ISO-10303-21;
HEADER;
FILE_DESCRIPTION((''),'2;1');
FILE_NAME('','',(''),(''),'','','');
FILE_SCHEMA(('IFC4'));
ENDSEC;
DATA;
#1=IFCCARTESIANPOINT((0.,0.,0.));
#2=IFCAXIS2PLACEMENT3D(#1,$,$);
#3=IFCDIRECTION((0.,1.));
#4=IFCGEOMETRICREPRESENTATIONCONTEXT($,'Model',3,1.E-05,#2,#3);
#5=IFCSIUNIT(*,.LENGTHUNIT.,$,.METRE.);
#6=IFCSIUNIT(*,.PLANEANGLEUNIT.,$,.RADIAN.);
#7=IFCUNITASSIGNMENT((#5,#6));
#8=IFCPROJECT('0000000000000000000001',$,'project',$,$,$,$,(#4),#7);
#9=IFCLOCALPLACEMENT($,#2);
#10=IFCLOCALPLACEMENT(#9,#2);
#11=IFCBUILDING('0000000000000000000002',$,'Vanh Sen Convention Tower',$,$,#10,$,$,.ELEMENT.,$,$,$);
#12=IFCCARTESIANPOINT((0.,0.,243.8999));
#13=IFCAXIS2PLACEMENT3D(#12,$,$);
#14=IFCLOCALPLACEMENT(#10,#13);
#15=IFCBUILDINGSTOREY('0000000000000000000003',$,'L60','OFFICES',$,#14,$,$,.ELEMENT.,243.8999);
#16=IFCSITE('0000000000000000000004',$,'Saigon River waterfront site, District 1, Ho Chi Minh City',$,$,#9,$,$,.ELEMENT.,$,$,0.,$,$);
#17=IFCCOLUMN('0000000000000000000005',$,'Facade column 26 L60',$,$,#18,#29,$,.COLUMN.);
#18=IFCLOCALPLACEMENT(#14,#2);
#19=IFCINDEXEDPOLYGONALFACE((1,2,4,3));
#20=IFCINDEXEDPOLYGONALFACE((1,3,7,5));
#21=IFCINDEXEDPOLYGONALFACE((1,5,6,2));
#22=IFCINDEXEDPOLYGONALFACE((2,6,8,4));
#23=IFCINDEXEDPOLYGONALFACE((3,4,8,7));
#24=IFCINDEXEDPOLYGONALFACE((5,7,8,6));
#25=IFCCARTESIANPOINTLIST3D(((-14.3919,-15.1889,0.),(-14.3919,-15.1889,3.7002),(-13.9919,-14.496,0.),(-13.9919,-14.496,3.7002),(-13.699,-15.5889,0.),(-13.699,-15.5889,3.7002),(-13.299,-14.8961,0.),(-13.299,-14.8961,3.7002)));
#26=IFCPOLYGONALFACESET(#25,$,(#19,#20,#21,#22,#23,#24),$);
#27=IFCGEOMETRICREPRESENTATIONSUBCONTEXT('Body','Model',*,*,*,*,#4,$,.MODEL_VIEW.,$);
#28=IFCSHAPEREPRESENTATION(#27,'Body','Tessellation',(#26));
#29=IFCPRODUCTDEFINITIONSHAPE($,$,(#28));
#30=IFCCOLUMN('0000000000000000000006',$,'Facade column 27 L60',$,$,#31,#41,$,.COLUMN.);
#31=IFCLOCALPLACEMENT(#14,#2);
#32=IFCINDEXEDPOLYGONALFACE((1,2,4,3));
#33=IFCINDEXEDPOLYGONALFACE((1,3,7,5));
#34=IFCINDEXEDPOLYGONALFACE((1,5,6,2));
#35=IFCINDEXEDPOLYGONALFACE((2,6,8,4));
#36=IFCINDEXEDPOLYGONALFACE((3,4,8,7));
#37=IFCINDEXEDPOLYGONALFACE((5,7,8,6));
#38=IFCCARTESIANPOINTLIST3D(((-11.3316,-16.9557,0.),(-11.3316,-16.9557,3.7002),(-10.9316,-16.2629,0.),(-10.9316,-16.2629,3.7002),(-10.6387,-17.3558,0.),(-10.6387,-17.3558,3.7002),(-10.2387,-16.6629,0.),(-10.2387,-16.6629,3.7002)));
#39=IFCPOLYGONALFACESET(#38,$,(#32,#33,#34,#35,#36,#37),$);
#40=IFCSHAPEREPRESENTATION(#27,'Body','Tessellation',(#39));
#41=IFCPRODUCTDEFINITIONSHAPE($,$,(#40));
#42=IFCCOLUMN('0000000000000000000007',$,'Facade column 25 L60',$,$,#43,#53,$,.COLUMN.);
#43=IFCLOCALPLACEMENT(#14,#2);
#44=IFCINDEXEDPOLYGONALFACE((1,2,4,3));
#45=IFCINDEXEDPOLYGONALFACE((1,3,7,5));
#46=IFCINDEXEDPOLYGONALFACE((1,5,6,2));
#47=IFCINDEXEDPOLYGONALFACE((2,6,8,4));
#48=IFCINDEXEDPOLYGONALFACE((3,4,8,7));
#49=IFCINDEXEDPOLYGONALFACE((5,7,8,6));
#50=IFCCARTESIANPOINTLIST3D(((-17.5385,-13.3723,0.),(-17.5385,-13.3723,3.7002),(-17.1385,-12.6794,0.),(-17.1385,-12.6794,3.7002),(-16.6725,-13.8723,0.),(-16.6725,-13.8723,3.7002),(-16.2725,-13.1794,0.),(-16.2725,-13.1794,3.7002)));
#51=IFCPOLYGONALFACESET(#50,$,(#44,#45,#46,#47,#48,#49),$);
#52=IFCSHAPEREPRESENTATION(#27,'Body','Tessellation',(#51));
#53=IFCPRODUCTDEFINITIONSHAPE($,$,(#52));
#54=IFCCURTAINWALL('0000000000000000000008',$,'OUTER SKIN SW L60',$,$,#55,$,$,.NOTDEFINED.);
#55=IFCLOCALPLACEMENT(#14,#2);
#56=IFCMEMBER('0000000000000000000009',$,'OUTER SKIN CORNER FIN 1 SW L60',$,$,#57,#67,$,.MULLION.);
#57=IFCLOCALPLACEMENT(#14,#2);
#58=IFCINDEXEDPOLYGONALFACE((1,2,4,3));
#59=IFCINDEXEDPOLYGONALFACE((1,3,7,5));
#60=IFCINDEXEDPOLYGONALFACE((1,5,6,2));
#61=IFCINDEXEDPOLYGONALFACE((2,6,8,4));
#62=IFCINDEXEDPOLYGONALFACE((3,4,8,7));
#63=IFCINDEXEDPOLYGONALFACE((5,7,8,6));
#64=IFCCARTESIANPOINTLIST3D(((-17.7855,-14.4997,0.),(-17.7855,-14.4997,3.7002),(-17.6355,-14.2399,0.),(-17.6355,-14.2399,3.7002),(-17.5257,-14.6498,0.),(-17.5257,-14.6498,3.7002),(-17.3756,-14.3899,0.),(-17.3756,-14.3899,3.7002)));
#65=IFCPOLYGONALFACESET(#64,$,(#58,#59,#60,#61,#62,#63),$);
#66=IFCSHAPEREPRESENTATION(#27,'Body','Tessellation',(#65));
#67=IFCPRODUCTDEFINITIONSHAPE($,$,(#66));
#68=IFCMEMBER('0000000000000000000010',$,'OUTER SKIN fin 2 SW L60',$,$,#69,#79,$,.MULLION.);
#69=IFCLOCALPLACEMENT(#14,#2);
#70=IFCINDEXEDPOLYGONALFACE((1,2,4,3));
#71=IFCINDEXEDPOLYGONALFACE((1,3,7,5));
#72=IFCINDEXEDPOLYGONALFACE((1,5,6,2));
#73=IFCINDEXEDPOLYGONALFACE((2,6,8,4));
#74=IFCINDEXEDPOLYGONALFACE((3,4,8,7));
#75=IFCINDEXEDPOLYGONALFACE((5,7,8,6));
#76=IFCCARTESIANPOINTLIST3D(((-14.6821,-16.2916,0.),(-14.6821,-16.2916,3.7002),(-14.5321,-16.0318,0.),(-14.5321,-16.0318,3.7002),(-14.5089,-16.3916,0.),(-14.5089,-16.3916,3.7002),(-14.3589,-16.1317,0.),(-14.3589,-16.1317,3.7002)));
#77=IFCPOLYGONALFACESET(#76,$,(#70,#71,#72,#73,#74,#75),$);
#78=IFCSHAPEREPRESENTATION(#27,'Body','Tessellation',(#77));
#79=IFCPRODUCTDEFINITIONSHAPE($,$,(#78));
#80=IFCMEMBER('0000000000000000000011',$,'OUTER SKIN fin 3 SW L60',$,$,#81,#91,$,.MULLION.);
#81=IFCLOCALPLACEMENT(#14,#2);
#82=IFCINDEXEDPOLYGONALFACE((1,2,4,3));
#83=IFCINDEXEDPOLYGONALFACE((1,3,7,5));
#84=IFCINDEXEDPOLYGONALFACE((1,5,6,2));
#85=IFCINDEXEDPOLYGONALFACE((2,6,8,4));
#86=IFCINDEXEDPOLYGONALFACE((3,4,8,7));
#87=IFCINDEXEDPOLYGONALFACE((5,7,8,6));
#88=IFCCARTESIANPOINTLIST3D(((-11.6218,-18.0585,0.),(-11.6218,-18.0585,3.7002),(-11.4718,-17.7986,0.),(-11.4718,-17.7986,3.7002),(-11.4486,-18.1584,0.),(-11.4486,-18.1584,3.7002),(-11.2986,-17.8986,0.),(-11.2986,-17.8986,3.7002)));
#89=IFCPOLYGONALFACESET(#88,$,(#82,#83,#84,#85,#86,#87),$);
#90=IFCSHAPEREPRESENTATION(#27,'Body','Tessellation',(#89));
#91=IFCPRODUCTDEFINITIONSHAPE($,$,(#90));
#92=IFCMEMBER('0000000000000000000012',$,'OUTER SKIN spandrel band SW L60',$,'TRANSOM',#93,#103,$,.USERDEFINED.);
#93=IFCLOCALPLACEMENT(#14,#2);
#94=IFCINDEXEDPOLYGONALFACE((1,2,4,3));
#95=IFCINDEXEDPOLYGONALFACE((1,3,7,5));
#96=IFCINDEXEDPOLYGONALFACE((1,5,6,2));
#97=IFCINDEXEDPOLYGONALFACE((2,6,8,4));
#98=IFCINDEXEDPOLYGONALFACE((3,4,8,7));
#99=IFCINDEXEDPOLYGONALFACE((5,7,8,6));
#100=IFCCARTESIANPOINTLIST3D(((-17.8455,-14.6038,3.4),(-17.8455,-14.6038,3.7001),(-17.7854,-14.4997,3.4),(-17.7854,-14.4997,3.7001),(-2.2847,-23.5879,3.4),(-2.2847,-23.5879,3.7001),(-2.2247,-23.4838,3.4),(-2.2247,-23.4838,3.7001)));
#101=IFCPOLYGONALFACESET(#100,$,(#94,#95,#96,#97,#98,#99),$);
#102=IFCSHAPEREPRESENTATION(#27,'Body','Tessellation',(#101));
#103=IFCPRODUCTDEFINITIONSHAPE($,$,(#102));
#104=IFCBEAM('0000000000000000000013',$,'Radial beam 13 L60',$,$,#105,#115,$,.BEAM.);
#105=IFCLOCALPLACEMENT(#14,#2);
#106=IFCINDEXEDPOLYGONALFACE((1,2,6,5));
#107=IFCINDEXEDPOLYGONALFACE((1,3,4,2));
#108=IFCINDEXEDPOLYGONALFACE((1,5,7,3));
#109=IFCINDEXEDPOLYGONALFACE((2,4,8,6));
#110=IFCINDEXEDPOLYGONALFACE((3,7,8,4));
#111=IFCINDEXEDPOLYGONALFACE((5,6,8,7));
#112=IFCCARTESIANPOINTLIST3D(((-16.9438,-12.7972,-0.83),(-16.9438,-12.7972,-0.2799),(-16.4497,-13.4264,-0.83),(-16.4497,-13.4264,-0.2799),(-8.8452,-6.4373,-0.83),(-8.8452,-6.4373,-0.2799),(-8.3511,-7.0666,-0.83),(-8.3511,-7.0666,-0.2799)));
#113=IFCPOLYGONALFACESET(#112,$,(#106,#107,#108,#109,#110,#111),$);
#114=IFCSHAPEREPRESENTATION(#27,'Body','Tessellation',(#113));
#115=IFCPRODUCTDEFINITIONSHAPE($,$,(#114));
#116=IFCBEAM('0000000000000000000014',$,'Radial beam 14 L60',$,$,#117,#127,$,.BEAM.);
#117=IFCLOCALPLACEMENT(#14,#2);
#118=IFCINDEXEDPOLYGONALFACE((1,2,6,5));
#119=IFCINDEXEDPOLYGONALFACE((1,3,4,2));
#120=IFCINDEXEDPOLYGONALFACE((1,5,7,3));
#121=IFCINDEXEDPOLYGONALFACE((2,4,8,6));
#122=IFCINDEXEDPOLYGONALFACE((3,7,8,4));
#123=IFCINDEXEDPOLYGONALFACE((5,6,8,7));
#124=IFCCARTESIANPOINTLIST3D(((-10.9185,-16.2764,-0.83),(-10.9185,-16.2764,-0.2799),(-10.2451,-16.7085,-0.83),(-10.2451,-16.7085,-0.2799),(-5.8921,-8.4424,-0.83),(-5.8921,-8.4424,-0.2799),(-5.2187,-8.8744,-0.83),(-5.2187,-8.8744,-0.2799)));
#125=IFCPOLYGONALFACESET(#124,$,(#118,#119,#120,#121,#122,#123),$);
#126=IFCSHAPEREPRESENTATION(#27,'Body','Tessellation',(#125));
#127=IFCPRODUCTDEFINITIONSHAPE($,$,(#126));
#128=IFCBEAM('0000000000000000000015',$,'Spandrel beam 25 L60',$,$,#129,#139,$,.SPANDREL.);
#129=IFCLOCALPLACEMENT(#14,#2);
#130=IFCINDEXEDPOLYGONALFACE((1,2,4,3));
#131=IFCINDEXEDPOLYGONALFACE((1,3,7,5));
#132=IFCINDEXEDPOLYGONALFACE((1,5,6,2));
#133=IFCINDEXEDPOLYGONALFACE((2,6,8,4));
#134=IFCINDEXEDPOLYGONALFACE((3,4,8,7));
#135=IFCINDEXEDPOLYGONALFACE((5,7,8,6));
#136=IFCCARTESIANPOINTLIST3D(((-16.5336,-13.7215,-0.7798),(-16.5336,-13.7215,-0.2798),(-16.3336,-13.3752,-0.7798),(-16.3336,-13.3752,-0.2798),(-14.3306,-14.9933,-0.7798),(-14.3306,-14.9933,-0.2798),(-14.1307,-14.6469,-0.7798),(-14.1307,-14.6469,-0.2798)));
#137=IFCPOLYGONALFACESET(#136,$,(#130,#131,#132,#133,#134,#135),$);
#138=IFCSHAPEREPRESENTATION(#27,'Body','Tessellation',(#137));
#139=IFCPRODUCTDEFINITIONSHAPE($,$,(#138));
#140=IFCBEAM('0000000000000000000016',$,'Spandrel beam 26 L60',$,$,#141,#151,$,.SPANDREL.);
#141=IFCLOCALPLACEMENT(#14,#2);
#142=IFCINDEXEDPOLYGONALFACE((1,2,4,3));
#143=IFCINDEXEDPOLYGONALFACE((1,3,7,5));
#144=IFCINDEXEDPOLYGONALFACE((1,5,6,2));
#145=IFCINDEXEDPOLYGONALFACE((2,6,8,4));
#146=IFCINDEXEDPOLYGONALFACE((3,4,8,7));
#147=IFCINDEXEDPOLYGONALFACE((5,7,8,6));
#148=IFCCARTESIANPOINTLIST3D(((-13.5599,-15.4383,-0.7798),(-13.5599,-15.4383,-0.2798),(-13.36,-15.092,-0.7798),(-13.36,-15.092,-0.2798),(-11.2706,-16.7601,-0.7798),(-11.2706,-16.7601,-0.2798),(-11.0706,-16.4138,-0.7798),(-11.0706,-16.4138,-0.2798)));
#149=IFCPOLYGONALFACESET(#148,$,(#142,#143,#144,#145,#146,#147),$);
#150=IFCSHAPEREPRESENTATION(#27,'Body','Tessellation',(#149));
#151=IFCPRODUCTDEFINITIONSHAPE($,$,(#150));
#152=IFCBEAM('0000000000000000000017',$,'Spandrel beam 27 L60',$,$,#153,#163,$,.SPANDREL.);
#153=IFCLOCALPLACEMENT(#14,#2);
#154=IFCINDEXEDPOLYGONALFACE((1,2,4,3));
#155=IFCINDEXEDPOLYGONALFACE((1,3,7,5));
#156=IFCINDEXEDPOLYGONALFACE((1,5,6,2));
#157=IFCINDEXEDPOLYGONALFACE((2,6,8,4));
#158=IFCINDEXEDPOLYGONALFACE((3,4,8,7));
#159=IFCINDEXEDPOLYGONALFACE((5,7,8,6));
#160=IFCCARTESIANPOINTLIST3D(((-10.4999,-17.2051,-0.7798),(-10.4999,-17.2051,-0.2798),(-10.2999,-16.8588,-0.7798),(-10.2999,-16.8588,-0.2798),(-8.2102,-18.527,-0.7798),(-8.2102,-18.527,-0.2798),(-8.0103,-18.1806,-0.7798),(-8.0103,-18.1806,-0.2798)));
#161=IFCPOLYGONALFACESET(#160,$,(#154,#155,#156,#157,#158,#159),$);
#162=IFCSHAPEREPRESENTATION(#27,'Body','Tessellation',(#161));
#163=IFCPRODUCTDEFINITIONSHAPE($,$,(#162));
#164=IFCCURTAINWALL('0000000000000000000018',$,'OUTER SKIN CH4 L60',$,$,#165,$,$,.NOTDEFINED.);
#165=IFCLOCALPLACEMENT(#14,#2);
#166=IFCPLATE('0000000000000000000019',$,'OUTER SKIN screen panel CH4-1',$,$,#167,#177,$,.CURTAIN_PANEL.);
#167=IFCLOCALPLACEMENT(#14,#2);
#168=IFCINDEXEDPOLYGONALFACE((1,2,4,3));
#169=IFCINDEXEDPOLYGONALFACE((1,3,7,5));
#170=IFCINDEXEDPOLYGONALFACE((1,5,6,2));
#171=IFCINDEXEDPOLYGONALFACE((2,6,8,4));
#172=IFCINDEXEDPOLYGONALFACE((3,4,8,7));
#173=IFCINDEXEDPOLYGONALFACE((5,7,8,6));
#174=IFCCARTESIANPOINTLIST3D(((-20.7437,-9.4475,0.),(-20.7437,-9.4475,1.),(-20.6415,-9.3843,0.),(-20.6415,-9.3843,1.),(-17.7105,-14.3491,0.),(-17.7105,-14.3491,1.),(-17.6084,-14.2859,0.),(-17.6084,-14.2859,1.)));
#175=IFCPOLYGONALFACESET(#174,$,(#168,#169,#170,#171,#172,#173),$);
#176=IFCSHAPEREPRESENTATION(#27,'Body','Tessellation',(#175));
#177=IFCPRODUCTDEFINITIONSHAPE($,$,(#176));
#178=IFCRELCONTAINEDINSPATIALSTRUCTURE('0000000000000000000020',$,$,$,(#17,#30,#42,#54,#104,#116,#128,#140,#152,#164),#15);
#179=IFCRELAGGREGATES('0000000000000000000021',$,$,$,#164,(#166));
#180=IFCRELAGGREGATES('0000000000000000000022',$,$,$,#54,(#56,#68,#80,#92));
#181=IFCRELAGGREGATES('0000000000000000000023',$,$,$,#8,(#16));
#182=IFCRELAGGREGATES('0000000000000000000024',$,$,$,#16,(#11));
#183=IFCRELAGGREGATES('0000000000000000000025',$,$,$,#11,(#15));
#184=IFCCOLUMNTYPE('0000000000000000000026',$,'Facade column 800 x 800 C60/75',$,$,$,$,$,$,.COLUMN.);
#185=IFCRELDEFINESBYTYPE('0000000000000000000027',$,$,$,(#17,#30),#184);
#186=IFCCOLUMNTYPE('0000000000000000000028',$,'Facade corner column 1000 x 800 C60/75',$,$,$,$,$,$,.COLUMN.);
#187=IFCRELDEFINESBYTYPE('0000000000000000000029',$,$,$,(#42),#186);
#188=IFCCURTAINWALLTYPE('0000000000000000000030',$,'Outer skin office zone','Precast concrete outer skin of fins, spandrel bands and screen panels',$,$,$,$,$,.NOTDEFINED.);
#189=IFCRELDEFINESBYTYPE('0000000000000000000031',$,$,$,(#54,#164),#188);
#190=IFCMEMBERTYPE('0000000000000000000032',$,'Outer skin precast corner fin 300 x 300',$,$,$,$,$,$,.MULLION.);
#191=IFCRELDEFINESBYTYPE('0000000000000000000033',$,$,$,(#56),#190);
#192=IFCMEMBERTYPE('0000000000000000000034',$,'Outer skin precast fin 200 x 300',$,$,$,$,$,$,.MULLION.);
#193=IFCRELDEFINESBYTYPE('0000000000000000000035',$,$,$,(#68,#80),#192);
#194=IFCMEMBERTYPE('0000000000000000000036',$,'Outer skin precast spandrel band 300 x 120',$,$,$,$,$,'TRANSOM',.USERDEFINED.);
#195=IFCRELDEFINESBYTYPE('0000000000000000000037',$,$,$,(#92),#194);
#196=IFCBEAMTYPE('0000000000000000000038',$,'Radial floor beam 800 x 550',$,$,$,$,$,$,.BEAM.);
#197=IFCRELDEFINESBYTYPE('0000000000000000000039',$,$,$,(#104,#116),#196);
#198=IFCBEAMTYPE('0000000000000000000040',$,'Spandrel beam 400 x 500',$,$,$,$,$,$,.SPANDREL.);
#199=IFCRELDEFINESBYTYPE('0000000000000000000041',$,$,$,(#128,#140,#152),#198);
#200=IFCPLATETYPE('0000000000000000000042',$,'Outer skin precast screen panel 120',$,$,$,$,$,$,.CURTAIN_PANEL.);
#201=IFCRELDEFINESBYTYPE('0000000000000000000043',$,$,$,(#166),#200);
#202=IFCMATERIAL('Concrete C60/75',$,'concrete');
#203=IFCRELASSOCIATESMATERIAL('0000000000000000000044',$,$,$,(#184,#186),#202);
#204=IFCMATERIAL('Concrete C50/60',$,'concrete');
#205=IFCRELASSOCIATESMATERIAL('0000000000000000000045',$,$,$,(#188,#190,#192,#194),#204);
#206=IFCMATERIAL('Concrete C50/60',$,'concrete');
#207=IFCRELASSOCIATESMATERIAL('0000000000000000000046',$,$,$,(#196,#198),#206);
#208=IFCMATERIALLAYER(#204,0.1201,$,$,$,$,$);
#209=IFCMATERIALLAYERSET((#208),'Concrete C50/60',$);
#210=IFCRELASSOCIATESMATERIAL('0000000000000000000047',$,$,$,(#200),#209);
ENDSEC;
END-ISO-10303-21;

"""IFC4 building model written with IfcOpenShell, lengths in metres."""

from ifc_helpers import new_model, si_unit, direction, frame, origin, origin_2d, place, context, subcontext, project, spatial, rectangle, extrude, material, layer, layer_set, material_profile, profile_set, type_object, element, aggregate, save


model = new_model("IFC4")

# Units and contexts
model_context = context("Model", 3, precision=1e-05, world=origin(), true_north=direction((0.0, 1.0)))
body_context = subcontext(model_context, "Body", "Model", "MODEL_VIEW")
ifc_project = project(units=[si_unit("LENGTHUNIT", "METRE"), si_unit("PLANEANGLEUNIT", "RADIAN")], contexts=[model_context])

# Site, building, storey
site_placement = place(None, origin())
site = spatial("IfcSite", under=ifc_project, at=site_placement, Name="Saigon River waterfront site, District 1, Ho Chi Minh City", CompositionType="ELEMENT", RefElevation=0.0)
building_placement = place(site_placement, origin())
building = spatial("IfcBuilding", under=site, at=building_placement, Name="Vanh Sen Convention Tower", CompositionType="ELEMENT")
storey_placement = place(building_placement, frame((0.0, 0.0, 243.8999)))
storey = spatial("IfcBuildingStorey", under=building, at=storey_placement, Name="L60", Description="OFFICES", CompositionType="ELEMENT", Elevation=243.8999)

# Columns
ifc_material_1 = material(Name="Concrete C60/75", Category="concrete")
ifc_material_profile_1 = material_profile(ifc_material_1, rectangle(XDim=0.8, YDim=0.8, at=origin_2d()), Name="RC 800X800")
ifc_profile_set_1 = profile_set([ifc_material_profile_1], Name="Concrete C60/75")
column_type_1 = type_object("IfcColumnType", Name="Facade column 800 x 800 C60/75", PredefinedType="COLUMN", material=ifc_profile_set_1)
for number, where, z_axis, x_axis, name in (
    (1, (-13.8455, -15.0425, 0.0), (0.0, 0.0, 1.0), (0.866025, -0.5, 0.0), "Facade column 26 L60"),
    (2, (-10.7852, -16.8093, 0.0), (0.0, 0.0, 1.0), (0.866025, -0.5, 0.0), "Facade column 27 L60"),
):
    element("IfcColumn", number, at=place(storey_placement, frame(where, z_axis=z_axis, x_axis=x_axis)), inside=storey, type_object=column_type_1, Name=name, PredefinedType="COLUMN", context=body_context, shape_type="SweptSolid", body=[
        extrude(rectangle(XDim=0.8, YDim=0.8, at=origin_2d()), origin(), (0.0, 0.0, 1.0), 3.7002),
    ])
ifc_material_profile_2 = material_profile(ifc_material_1, rectangle(XDim=1.0, YDim=0.8, at=origin_2d()), Name="RC 1000X800")
ifc_profile_set_2 = profile_set([ifc_material_profile_2], Name="Concrete C60/75")
column_type_2 = type_object("IfcColumnType", Name="Facade corner column 1000 x 800 C60/75", PredefinedType="COLUMN", material=ifc_profile_set_2)
column_placement = place(storey_placement, frame((-16.9055, -13.2759, 0.0), z_axis=(0.0, 0.0, 1.0), x_axis=(0.866025, -0.5, 0.0)))
element("IfcColumn", 3, at=column_placement, inside=storey, type_object=column_type_2, Name="Facade column 25 L60", PredefinedType="COLUMN", context=body_context, shape_type="SweptSolid", body=[
    extrude(rectangle(XDim=1.0, YDim=0.8, at=origin_2d()), origin(), (0.0, 0.0, 1.0), 3.7002),
])

# Curtain wall, members
ifc_material_2 = material(Name="Concrete C50/60", Category="concrete")
curtain_wall_type = type_object("IfcCurtainWallType", Name="Outer skin office zone", Description="Precast concrete outer skin of fins, spandrel bands and screen panels", PredefinedType="NOTDEFINED", material=ifc_material_2)
curtain_wall_1_placement = place(storey_placement, origin())
curtain_wall_1 = element("IfcCurtainWall", 4, at=curtain_wall_1_placement, inside=storey, type_object=curtain_wall_type, Name="OUTER SKIN SW L60", PredefinedType="NOTDEFINED")
ifc_material_profile_3 = material_profile(ifc_material_2, rectangle(XDim=0.3, YDim=0.3, at=origin_2d()), Name="Outer skin precast corner fin 300 x 300")
ifc_profile_set_3 = profile_set([ifc_material_profile_3], Name="Concrete C50/60")
member_type_1 = type_object("IfcMemberType", Name="Outer skin precast corner fin 300 x 300", PredefinedType="MULLION", material=ifc_profile_set_3)
member_1_placement = place(storey_placement, frame((-17.5806, -14.4448, 0.0), z_axis=(0.0, 0.0, 1.0), x_axis=(0.866025, -0.5, 0.0)))
member_1 = element("IfcMember", 5, at=member_1_placement, type_object=member_type_1, Name="OUTER SKIN CORNER FIN 1 SW L60", PredefinedType="MULLION", context=body_context, shape_type="SweptSolid", body=[
    extrude(rectangle(XDim=0.3, YDim=0.3, at=origin_2d()), origin(), (0.0, 0.0, 1.0), 3.7002),
])
ifc_material_profile_4 = material_profile(ifc_material_2, rectangle(XDim=0.2, YDim=0.3, at=origin_2d()), Name="Outer skin precast fin 200 x 300")
ifc_profile_set_4 = profile_set([ifc_material_profile_4], Name="Concrete C50/60")
member_type_2 = type_object("IfcMemberType", Name="Outer skin precast fin 200 x 300", PredefinedType="MULLION", material=ifc_profile_set_4)
member_2_placement = place(storey_placement, frame((-14.5205, -16.2117, 0.0), z_axis=(0.0, 0.0, 1.0), x_axis=(0.866025, -0.5, 0.0)))
member_2 = element("IfcMember", 6, at=member_2_placement, type_object=member_type_2, Name="OUTER SKIN fin 2 SW L60", PredefinedType="MULLION", context=body_context, shape_type="SweptSolid", body=[
    extrude(rectangle(XDim=0.2, YDim=0.3, at=origin_2d()), origin(), (0.0, 0.0, 1.0), 3.7002),
])
member_3_placement = place(storey_placement, frame((-11.4602, -17.9785, 0.0), z_axis=(0.0, 0.0, 1.0), x_axis=(0.866025, -0.5, 0.0)))
member_3 = element("IfcMember", 7, at=member_3_placement, type_object=member_type_2, Name="OUTER SKIN fin 3 SW L60", PredefinedType="MULLION", context=body_context, shape_type="SweptSolid", body=[
    extrude(rectangle(XDim=0.2, YDim=0.3, at=origin_2d()), origin(), (0.0, 0.0, 1.0), 3.7002),
])
ifc_material_profile_5 = material_profile(ifc_material_2, rectangle(XDim=0.1201, YDim=0.3, at=origin_2d()), Name="Outer skin precast spandrel band 300 x 120")
ifc_profile_set_5 = profile_set([ifc_material_profile_5], Name="Concrete C50/60")
member_type_3 = type_object("IfcMemberType", Name="Outer skin precast spandrel band 300 x 120", ElementType="TRANSOM", PredefinedType="USERDEFINED", material=ifc_profile_set_5)
member_4_placement = place(storey_placement, frame((-17.8154, -14.5518, 3.55), z_axis=(0.866023, -0.500004, 0.0), x_axis=(0.500004, 0.866023, 0.0)))
member_4 = element("IfcMember", 8, at=member_4_placement, type_object=member_type_3, Name="OUTER SKIN spandrel band SW L60", ObjectType="TRANSOM", PredefinedType="USERDEFINED", context=body_context, shape_type="SweptSolid", body=[
    extrude(rectangle(XDim=0.1201, YDim=0.3, at=origin_2d()), origin(), (0.0, 0.0, 1.0), 17.968),
])

# Beams
ifc_material_3 = material(Name="Concrete C50/60", Category="concrete")
ifc_material_profile_6 = material_profile(ifc_material_3, rectangle(XDim=0.8, YDim=0.55, at=origin_2d()), Name="RC 800X550")
ifc_profile_set_6 = profile_set([ifc_material_profile_6], Name="Concrete C50/60")
beam_type_1 = type_object("IfcBeamType", Name="Radial floor beam 800 x 550", PredefinedType="BEAM", material=ifc_profile_set_6)
beam_1_placement = place(storey_placement, frame((-16.6968, -13.1118, -0.5549), z_axis=(0.786476, 0.61762, 0.0), x_axis=(-0.61762, 0.786476, 0.0)))
element("IfcBeam", 9, at=beam_1_placement, inside=storey, type_object=beam_type_1, Name="Radial beam 13 L60", PredefinedType="BEAM", context=body_context, shape_type="SweptSolid", body=[
    extrude(rectangle(XDim=0.8, YDim=0.55, at=origin_2d()), origin(), (0.0, 0.0, 1.0), 10.2974),
])
beam_2_placement = place(storey_placement, frame((-10.5818, -16.4924, -0.5549), z_axis=(0.540015, 0.841655, 0.0), x_axis=(-0.841655, 0.540015, 0.0)))
element("IfcBeam", 10, at=beam_2_placement, inside=storey, type_object=beam_type_1, Name="Radial beam 14 L60", PredefinedType="BEAM", context=body_context, shape_type="SweptSolid", body=[
    extrude(rectangle(XDim=0.8, YDim=0.55, at=origin_2d()), origin(), (0.0, 0.0, 1.0), 9.3079),
])
ifc_material_profile_7 = material_profile(ifc_material_3, rectangle(XDim=0.3999, YDim=0.5, at=origin_2d()), Name="RC 400X500")
ifc_profile_set_7 = profile_set([ifc_material_profile_7], Name="Concrete C50/60")
beam_type_2 = type_object("IfcBeamType", Name="Spandrel beam 400 x 500", PredefinedType="SPANDREL", material=ifc_profile_set_7)
beam_3_placement = place(storey_placement, frame((-16.4336, -13.5483, -0.5298), z_axis=(0.866043, -0.499969, 0.0), x_axis=(0.499969, 0.866043, 0.0)))
element("IfcBeam", 11, at=beam_3_placement, inside=storey, type_object=beam_type_2, Name="Spandrel beam 25 L60", PredefinedType="SPANDREL", context=body_context, shape_type="SweptSolid", body=[
    extrude(rectangle(XDim=0.3999, YDim=0.5, at=origin_2d()), origin(), (0.0, 0.0, 1.0), 2.5437),
])
beam_4_placement = place(storey_placement, frame((-13.46, -15.2651, -0.5298), z_axis=(0.866018, -0.500013, 0.0), x_axis=(0.500013, 0.866018, 0.0)))
element("IfcBeam", 12, at=beam_4_placement, inside=storey, type_object=beam_type_2, Name="Spandrel beam 26 L60", PredefinedType="SPANDREL", context=body_context, shape_type="SweptSolid", body=[
    extrude(rectangle(XDim=0.3999, YDim=0.5, at=origin_2d()), origin(), (0.0, 0.0, 1.0), 2.6436),
])
beam_5_placement = place(storey_placement, frame((-10.3999, -17.032, -0.5298), z_axis=(0.866041, -0.499973, 0.0), x_axis=(0.499973, 0.866041, 0.0)))
element("IfcBeam", 13, at=beam_5_placement, inside=storey, type_object=beam_type_2, Name="Spandrel beam 27 L60", PredefinedType="SPANDREL", context=body_context, shape_type="SweptSolid", body=[
    extrude(rectangle(XDim=0.3999, YDim=0.5, at=origin_2d()), origin(), (0.0, 0.0, 1.0), 2.6438),
])

# Curtain wall, plate
curtain_wall_2_placement = place(storey_placement, origin())
curtain_wall_2 = element("IfcCurtainWall", 14, at=curtain_wall_2_placement, inside=storey, type_object=curtain_wall_type, Name="OUTER SKIN CH4 L60", PredefinedType="NOTDEFINED")
ifc_layer_1 = layer(ifc_material_2, 0.1201)
ifc_layer_set_1 = layer_set([ifc_layer_1], Name="Concrete C50/60")
plate_type = type_object("IfcPlateType", Name="Outer skin precast screen panel 120", PredefinedType="CURTAIN_PANEL", material=ifc_layer_set_1)
plate_1_placement = place(storey_placement, frame((-19.176, -11.8667, 0.0), z_axis=(0.0, 0.0, 1.0), x_axis=(0.526215, -0.850351, 0.0)))
plate_1 = element("IfcPlate", 15, at=plate_1_placement, type_object=plate_type, Name="OUTER SKIN screen panel CH4-1", PredefinedType="CURTAIN_PANEL", context=body_context, shape_type="SweptSolid", body=[
    extrude(rectangle(XDim=5.7642, YDim=0.1201, at=origin_2d()), origin(), (0.0, 0.0, 1.0), 1.0),
])
aggregate(curtain_wall_2, [plate_1])

aggregate(curtain_wall_1, [member_1, member_2, member_3, member_4])

save(model, "model.ifc")
